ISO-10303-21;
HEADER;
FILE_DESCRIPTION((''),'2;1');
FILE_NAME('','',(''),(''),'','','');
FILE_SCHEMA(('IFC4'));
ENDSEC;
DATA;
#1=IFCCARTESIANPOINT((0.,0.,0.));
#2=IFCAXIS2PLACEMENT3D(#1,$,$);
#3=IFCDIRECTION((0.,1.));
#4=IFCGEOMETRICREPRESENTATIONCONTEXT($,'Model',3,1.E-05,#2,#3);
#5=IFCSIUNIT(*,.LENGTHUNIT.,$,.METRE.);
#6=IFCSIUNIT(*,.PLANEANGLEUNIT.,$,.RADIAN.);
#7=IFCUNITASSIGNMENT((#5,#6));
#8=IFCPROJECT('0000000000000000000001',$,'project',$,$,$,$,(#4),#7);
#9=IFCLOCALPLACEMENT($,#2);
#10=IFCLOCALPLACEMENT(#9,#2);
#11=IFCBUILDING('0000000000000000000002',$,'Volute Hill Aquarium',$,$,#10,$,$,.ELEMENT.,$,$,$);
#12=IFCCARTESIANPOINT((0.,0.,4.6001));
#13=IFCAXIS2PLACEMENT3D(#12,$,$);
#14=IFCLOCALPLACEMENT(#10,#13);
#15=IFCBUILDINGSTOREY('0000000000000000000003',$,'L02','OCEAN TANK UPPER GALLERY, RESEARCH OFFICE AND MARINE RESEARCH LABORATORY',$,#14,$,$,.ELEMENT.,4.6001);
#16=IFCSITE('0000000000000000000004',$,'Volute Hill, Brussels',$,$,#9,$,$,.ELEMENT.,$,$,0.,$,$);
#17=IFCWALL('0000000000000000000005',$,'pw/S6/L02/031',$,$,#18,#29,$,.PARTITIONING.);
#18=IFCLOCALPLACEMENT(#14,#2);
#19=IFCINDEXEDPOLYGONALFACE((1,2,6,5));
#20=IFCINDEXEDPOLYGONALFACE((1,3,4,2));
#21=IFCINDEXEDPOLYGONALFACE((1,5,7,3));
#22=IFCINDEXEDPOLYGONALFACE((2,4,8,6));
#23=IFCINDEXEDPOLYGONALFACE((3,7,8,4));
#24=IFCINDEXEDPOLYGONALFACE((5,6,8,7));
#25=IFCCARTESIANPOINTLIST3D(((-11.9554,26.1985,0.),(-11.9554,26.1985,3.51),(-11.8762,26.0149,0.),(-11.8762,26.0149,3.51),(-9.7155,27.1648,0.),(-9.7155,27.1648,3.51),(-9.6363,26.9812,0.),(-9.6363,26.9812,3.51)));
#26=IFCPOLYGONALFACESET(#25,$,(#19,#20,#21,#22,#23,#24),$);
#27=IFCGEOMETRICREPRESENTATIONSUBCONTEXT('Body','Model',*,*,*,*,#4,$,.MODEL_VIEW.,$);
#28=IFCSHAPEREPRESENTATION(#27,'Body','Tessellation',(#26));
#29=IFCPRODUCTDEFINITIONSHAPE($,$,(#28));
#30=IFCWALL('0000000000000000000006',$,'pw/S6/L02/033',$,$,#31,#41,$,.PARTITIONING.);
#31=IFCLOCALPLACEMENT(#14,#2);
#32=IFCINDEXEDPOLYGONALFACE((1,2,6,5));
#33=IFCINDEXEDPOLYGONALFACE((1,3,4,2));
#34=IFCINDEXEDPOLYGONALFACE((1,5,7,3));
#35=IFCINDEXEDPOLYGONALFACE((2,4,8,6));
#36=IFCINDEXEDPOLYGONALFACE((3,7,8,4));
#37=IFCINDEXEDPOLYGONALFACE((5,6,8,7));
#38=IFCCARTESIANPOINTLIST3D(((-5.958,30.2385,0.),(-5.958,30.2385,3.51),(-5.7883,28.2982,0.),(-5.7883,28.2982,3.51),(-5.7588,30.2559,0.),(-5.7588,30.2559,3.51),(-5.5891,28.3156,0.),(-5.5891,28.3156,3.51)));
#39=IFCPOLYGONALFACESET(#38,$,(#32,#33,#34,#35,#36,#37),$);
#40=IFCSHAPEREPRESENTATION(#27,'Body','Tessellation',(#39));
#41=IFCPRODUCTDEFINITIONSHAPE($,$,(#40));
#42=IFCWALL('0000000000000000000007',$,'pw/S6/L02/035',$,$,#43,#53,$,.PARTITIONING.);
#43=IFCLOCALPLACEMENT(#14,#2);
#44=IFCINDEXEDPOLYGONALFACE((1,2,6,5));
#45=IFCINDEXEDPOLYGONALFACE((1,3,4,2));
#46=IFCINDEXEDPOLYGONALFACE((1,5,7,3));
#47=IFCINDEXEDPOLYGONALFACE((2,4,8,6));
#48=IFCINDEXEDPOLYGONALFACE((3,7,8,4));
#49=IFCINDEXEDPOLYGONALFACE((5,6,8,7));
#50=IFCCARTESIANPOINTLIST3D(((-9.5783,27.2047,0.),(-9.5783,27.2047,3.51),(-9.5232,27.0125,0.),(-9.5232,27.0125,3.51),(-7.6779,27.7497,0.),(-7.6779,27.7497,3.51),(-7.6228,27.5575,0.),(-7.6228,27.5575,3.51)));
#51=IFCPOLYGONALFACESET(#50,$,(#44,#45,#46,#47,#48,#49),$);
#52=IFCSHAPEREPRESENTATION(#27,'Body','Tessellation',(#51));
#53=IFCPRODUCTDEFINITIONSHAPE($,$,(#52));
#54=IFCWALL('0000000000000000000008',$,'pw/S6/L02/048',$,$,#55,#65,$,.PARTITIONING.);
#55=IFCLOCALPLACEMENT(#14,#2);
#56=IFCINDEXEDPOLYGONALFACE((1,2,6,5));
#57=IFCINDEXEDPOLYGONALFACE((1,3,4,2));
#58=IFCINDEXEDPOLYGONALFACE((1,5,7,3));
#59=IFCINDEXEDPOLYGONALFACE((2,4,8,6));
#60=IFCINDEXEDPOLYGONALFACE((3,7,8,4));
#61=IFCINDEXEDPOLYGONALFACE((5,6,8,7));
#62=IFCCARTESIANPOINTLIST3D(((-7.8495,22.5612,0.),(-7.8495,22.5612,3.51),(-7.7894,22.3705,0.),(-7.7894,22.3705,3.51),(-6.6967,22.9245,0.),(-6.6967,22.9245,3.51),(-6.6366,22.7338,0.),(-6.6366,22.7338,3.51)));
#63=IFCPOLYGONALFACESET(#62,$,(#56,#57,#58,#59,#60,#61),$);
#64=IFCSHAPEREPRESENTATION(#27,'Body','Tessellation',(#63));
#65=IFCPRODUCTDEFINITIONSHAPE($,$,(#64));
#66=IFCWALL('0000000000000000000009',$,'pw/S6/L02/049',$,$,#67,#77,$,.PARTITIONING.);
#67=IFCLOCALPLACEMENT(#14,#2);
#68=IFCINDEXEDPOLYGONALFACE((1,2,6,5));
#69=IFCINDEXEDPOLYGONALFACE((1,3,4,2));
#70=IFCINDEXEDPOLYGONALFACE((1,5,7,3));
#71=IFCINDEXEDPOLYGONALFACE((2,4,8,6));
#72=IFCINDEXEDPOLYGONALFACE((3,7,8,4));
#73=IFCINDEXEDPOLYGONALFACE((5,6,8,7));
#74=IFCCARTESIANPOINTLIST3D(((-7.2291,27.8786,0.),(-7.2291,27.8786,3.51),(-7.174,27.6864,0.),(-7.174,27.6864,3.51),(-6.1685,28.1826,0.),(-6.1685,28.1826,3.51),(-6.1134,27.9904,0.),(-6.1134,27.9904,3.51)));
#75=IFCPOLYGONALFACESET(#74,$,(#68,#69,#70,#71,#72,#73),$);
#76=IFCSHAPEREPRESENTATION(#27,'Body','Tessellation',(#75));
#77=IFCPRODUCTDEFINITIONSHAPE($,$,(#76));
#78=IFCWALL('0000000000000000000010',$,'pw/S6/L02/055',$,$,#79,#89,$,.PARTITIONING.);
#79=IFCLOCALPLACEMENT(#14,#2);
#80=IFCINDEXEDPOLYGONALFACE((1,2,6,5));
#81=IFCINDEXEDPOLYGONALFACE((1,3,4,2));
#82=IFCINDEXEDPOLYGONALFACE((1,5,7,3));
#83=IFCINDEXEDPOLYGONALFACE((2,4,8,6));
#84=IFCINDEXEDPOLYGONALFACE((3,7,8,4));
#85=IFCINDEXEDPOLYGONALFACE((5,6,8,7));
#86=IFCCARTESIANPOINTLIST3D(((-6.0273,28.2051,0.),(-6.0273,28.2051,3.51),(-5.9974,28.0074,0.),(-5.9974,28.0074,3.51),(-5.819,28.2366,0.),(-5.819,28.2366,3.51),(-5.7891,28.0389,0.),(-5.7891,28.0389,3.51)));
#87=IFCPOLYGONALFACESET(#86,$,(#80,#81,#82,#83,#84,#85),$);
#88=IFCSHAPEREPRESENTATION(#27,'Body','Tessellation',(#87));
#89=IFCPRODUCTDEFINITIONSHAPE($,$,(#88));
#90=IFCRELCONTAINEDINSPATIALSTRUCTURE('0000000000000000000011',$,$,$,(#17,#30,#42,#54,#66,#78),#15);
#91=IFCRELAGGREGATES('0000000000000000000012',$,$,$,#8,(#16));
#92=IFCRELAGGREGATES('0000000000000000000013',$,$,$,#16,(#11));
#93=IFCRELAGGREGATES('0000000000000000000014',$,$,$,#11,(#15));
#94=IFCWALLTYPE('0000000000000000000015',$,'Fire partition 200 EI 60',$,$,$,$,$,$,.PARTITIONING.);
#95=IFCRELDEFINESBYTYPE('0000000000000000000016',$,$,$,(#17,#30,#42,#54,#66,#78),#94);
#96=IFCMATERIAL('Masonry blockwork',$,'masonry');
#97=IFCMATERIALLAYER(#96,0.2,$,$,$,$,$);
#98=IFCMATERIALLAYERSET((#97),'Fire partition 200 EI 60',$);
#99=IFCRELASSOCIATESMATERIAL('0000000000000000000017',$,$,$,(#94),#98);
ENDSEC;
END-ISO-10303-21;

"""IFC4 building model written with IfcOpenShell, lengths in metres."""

from ifc_helpers import new_model, si_unit, direction, frame, frame_2d, origin, place, context, subcontext, project, spatial, rectangle, extrude, material, layer, layer_set, type_object, element, save


model = new_model("IFC4")

# Units and contexts
model_context = context("Model", 3, precision=1e-05, world=origin(), true_north=direction((0.0, 1.0)))
body_context = subcontext(model_context, "Body", "Model", "MODEL_VIEW")
ifc_project = project(units=[si_unit("LENGTHUNIT", "METRE"), si_unit("PLANEANGLEUNIT", "RADIAN")], contexts=[model_context])

# Site, building, storey
site_placement = place(None, origin())
site = spatial("IfcSite", under=ifc_project, at=site_placement, Name="Volute Hill, Brussels", CompositionType="ELEMENT", RefElevation=0.0)
building_placement = place(site_placement, origin())
building = spatial("IfcBuilding", under=site, at=building_placement, Name="Volute Hill Aquarium", CompositionType="ELEMENT")
storey_placement = place(building_placement, frame((0.0, 0.0, 4.6001)))
storey = spatial("IfcBuildingStorey", under=building, at=storey_placement, Name="L02", Description="OCEAN TANK UPPER GALLERY, RESEARCH OFFICE AND MARINE RESEARCH LABORATORY", CompositionType="ELEMENT", Elevation=4.6001)

# Walls
ifc_material_1 = material(Name="Masonry blockwork", Category="masonry")
ifc_layer_1 = layer(ifc_material_1, 0.2)
ifc_layer_set_1 = layer_set([ifc_layer_1], Name="Fire partition 200 EI 60")
wall_type_1 = type_object("IfcWallType", Name="Fire partition 200 EI 60", PredefinedType="PARTITIONING", material=ifc_layer_set_1)
wall_1_placement = place(storey_placement, frame((-11.9158, 26.1067, 0.0), z_axis=(0.0, 0.0, 1.0), x_axis=(0.918206, 0.396104, 0.0)))
element("IfcWall", 1, at=wall_1_placement, inside=storey, type_object=wall_type_1, Name="pw/S6/L02/031", PredefinedType="PARTITIONING", context=body_context, shape_type="SweptSolid", body=[
    extrude(rectangle(XDim=2.4395, YDim=0.2, at=frame_2d((1.2197, 0.0))), origin(), (0.0, 0.0, 1.0), 3.51),
])
wall_2_placement = place(storey_placement, frame((-5.6887, 28.3069, 0.0), z_axis=(0.0, 0.0, 1.0), x_axis=(-0.087111, 0.996199, 0.0)))
element("IfcWall", 2, at=wall_2_placement, inside=storey, type_object=wall_type_1, Name="pw/S6/L02/033", PredefinedType="PARTITIONING", context=body_context, shape_type="SweptSolid", body=[
    extrude(rectangle(XDim=1.9478, YDim=0.2, at=frame_2d((0.9739, 0.0))), origin(), (0.0, 0.0, 1.0), 3.51),
])
wall_3_placement = place(storey_placement, frame((-9.5508, 27.1086, 0.0), z_axis=(0.0, 0.0, 1.0), x_axis=(0.961263, 0.275634, 0.0)))
element("IfcWall", 3, at=wall_3_placement, inside=storey, type_object=wall_type_1, Name="pw/S6/L02/035", PredefinedType="PARTITIONING", context=body_context, shape_type="SweptSolid", body=[
    extrude(rectangle(XDim=1.9771, YDim=0.2, at=frame_2d((0.9885, 0.0))), origin(), (0.0, 0.0, 1.0), 3.51),
])
wall_4_placement = place(storey_placement, frame((-7.8196, 22.4658, 0.0), z_axis=(0.0, 0.0, 1.0), x_axis=(0.953766, 0.300551, 0.0)))
element("IfcWall", 4, at=wall_4_placement, inside=storey, type_object=wall_type_1, Name="pw/S6/L02/048", PredefinedType="PARTITIONING", context=body_context, shape_type="SweptSolid", body=[
    extrude(rectangle(XDim=1.2087, YDim=0.2, at=frame_2d((0.6045, 0.0))), origin(), (0.0, 0.0, 1.0), 3.51),
])
wall_5_placement = place(storey_placement, frame((-7.2017, 27.7825, 0.0), z_axis=(0.0, 0.0, 1.0), x_axis=(0.961298, 0.27551, 0.0)))
element("IfcWall", 5, at=wall_5_placement, inside=storey, type_object=wall_type_1, Name="pw/S6/L02/049", PredefinedType="PARTITIONING", context=body_context, shape_type="SweptSolid", body=[
    extrude(rectangle(XDim=1.1033, YDim=0.2, at=frame_2d((0.5518, 0.0))), origin(), (0.0, 0.0, 1.0), 3.51),
])
wall_6_placement = place(storey_placement, frame((-6.0125, 28.1062, 0.0), z_axis=(0.0, 0.0, 1.0), x_axis=(0.988757, 0.149531, 0.0)))
element("IfcWall", 6, at=wall_6_placement, inside=storey, type_object=wall_type_1, Name="pw/S6/L02/055", PredefinedType="PARTITIONING", context=body_context, shape_type="SweptSolid", body=[
    extrude(rectangle(XDim=0.2107, YDim=0.2, at=frame_2d((0.1055, 0.0))), origin(), (0.0, 0.0, 1.0), 3.51),
])

save(model, "model.ifc")
